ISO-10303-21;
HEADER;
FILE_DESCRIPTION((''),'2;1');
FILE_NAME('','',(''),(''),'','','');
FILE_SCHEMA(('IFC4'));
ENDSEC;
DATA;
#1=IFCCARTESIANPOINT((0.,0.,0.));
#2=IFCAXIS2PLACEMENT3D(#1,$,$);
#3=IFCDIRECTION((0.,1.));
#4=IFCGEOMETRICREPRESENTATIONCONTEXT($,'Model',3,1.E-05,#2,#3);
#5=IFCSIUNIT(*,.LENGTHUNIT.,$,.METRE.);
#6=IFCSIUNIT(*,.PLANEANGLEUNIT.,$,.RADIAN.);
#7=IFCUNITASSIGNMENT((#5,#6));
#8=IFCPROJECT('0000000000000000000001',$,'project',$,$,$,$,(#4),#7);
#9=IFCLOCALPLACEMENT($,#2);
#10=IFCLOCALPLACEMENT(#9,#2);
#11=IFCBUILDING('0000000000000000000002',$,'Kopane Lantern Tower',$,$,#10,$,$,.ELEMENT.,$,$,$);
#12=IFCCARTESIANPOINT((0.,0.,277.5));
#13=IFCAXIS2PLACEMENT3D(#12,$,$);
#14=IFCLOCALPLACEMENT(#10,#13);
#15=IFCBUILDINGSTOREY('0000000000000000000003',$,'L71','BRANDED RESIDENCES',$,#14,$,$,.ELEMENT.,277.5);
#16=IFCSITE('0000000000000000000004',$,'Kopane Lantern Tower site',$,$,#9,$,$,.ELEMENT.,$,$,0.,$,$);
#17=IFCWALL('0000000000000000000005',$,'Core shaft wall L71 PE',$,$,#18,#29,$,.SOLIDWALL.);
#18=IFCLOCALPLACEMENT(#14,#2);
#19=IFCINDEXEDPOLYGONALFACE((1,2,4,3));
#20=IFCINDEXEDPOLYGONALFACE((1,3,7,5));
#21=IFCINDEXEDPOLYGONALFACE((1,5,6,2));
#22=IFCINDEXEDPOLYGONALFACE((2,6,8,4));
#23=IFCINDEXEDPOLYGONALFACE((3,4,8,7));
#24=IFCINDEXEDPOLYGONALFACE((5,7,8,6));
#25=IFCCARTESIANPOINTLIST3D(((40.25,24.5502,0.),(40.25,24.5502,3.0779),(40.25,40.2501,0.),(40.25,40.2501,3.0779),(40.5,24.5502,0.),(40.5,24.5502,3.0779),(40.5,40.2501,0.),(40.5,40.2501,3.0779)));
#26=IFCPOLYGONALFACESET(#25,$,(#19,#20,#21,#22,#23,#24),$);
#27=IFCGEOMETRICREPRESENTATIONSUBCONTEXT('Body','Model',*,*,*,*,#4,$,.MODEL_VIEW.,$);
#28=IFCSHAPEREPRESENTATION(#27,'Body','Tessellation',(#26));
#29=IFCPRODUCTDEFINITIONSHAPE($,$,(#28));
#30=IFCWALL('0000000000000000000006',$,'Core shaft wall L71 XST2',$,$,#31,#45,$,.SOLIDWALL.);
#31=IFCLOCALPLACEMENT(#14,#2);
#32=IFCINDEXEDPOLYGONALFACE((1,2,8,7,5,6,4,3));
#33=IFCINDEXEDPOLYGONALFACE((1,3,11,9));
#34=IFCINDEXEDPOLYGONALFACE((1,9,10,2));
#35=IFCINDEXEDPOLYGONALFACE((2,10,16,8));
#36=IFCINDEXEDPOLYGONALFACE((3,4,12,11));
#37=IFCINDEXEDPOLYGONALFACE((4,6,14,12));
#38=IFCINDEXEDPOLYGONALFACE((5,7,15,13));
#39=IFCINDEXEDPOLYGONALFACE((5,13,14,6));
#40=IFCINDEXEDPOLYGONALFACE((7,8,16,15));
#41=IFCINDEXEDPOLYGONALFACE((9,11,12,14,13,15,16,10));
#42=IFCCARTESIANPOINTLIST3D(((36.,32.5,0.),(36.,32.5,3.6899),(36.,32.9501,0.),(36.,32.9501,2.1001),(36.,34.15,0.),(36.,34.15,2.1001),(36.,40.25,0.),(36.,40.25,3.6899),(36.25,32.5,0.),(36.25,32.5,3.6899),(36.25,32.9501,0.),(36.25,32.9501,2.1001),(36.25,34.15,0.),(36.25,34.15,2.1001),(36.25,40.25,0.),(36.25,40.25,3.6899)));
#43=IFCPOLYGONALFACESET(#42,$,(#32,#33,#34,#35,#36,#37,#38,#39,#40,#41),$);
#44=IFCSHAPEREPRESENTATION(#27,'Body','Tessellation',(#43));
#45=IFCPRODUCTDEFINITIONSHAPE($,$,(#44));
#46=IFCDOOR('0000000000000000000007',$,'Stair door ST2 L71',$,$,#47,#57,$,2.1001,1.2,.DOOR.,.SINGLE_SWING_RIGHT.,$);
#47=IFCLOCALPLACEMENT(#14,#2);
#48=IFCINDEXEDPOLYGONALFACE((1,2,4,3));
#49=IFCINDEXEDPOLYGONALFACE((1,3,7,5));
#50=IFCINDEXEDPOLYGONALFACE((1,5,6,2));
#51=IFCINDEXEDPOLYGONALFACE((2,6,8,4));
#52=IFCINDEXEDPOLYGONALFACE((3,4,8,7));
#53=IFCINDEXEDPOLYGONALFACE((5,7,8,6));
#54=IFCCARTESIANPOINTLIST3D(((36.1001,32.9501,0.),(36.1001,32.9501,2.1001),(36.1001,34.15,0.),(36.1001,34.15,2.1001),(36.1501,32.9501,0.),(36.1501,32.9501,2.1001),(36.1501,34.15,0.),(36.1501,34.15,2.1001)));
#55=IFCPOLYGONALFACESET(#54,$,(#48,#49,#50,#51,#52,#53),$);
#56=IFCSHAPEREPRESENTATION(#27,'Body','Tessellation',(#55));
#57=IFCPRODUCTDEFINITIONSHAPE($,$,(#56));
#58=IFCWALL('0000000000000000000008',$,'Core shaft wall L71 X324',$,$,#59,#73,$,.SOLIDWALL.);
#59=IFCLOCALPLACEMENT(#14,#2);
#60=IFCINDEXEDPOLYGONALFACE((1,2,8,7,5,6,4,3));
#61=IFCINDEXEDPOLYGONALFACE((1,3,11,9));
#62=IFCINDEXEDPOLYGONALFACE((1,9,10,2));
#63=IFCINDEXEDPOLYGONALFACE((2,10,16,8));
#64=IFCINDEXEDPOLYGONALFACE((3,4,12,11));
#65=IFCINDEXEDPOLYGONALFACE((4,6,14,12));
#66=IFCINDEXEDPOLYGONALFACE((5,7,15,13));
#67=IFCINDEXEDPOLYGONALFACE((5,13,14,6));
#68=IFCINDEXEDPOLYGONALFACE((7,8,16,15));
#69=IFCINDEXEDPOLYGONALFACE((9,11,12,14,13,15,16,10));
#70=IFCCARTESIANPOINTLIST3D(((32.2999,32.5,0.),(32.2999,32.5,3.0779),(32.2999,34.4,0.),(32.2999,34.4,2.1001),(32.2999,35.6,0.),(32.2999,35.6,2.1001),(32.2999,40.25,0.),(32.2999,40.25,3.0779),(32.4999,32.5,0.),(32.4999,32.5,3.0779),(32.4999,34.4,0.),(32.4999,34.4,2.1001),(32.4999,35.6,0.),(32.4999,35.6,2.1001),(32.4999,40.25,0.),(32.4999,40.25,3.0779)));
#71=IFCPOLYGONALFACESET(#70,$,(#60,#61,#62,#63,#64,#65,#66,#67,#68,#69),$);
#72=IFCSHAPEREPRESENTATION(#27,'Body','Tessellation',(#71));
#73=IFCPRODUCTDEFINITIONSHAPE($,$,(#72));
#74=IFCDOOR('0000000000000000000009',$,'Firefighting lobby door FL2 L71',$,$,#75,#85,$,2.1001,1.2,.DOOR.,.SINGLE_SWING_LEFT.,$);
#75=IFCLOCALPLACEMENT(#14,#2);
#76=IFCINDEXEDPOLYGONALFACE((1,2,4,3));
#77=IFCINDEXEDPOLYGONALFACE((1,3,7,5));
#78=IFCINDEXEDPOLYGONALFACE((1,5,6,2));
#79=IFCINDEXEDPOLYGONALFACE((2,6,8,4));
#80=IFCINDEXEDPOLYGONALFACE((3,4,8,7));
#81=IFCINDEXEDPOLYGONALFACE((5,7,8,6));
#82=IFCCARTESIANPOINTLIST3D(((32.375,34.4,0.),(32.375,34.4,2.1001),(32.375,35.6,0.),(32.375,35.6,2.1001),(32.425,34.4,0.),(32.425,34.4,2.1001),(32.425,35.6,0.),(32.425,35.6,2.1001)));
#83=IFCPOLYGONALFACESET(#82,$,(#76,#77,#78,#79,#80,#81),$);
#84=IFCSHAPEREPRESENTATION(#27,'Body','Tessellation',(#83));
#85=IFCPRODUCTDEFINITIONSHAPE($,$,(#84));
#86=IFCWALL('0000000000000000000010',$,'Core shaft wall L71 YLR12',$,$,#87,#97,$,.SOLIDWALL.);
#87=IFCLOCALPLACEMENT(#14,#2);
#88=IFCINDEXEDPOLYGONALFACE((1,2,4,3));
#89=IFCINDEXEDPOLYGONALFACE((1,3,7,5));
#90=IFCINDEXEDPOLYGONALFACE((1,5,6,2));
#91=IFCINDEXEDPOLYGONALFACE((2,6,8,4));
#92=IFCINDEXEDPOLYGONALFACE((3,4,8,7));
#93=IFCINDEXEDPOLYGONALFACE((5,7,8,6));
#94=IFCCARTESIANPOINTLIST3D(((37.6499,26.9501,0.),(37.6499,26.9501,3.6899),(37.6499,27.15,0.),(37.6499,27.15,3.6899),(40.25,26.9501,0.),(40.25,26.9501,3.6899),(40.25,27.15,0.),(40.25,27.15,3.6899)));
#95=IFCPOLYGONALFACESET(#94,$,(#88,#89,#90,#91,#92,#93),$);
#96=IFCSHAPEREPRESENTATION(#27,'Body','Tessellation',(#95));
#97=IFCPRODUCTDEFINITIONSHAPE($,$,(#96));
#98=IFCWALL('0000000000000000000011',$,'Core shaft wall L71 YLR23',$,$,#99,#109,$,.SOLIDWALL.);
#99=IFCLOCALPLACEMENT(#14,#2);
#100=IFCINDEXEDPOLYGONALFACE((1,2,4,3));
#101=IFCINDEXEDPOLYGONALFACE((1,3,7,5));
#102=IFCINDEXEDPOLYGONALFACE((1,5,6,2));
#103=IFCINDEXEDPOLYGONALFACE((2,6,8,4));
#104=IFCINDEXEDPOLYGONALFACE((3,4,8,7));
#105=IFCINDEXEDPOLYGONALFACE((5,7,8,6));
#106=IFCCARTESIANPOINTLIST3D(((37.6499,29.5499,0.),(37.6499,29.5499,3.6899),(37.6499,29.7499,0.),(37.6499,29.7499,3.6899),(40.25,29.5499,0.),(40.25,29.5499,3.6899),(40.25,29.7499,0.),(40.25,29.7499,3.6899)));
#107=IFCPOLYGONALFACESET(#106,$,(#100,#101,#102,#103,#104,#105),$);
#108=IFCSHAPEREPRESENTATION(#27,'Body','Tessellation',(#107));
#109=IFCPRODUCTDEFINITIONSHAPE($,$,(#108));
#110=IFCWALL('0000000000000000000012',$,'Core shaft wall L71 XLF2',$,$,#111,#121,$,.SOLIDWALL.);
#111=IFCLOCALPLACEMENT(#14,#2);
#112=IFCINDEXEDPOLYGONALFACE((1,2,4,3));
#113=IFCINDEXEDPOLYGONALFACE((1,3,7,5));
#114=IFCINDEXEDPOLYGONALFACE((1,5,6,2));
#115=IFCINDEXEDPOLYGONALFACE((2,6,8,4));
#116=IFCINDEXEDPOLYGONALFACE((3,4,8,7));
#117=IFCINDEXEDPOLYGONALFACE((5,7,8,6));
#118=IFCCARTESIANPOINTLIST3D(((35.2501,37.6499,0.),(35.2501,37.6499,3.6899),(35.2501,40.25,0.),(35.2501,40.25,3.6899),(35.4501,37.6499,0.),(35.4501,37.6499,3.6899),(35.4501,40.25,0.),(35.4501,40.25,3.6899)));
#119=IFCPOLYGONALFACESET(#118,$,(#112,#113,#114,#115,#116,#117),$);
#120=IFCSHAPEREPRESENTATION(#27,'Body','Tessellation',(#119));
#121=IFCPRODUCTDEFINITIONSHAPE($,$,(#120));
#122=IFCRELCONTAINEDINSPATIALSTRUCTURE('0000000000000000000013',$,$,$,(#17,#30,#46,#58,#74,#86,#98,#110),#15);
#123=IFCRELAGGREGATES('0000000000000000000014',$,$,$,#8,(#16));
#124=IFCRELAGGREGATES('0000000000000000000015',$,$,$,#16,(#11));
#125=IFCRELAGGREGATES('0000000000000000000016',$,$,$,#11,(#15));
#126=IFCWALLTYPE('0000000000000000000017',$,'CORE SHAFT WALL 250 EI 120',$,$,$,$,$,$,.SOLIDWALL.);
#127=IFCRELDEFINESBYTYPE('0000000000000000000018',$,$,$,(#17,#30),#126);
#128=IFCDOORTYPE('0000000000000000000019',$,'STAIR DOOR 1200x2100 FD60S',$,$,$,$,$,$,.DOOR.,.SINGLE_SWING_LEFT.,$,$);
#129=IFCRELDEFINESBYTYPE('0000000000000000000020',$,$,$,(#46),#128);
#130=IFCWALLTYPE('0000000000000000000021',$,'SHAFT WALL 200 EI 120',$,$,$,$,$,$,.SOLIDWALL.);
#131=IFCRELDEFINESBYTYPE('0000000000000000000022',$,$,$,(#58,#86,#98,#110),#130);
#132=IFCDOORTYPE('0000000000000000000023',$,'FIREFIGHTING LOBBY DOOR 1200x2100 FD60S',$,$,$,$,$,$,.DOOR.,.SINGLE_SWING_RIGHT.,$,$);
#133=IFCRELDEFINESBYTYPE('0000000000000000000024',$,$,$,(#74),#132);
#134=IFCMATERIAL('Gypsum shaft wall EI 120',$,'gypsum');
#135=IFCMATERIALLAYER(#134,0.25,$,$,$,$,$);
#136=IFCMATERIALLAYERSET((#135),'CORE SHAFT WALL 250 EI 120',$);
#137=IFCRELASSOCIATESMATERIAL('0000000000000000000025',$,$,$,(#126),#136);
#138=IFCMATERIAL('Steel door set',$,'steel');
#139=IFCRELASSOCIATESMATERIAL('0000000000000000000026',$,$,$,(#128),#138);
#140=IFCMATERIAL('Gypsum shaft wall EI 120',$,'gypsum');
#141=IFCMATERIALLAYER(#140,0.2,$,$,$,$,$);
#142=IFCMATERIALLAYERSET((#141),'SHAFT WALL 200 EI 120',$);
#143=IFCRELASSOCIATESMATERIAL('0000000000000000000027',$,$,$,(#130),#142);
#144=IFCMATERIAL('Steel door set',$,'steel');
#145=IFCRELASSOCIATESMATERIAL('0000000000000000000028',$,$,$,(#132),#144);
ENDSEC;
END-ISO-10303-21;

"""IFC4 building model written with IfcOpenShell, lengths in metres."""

from ifc_helpers import new_model, si_unit, direction, frame, frame_2d, origin, place, context, subcontext, project, spatial, rectangle, extrude, material, layer, layer_set, type_object, element, fill, save


model = new_model("IFC4")

# Units and contexts
model_context = context("Model", 3, precision=1e-05, world=origin(), true_north=direction((0.0, 1.0)))
body_context = subcontext(model_context, "Body", "Model", "MODEL_VIEW")
ifc_project = project(units=[si_unit("LENGTHUNIT", "METRE"), si_unit("PLANEANGLEUNIT", "RADIAN")], contexts=[model_context])

# Site, building, storey
site_placement = place(None, origin())
site = spatial("IfcSite", under=ifc_project, at=site_placement, Name="Kopane Lantern Tower site", CompositionType="ELEMENT", RefElevation=0.0)
building_placement = place(site_placement, origin())
building = spatial("IfcBuilding", under=site, at=building_placement, Name="Kopane Lantern Tower", CompositionType="ELEMENT")
storey_placement = place(building_placement, frame((0.0, 0.0, 277.5)))
storey = spatial("IfcBuildingStorey", under=building, at=storey_placement, Name="L71", Description="BRANDED RESIDENCES", CompositionType="ELEMENT", Elevation=277.5)

# Wall
ifc_material_1 = material(Name="Gypsum shaft wall EI 120", Category="gypsum")
ifc_layer_1 = layer(ifc_material_1, 0.25)
ifc_layer_set_1 = layer_set([ifc_layer_1], Name="CORE SHAFT WALL 250 EI 120")
wall_type_1 = type_object("IfcWallType", Name="CORE SHAFT WALL 250 EI 120", PredefinedType="SOLIDWALL", material=ifc_layer_set_1)
wall_1_placement = place(storey_placement, frame((40.375, 24.55, 0.0), z_axis=(0.0, 0.0, 1.0), x_axis=(0.0, 1.0, 0.0)))
element("IfcWall", 1, at=wall_1_placement, inside=storey, type_object=wall_type_1, Name="Core shaft wall L71 PE", PredefinedType="SOLIDWALL", context=body_context, shape_type="SweptSolid", body=[
    extrude(rectangle(XDim=15.7, YDim=0.25, at=frame_2d((7.8501, 0.0))), origin(), (0.0, 0.0, 1.0), 3.0779),
])

# Walls, openings, doors
wall_2_placement = place(storey_placement, frame((36.125, 32.5, 0.0), z_axis=(0.0, 0.0, 1.0), x_axis=(0.0, 1.0, 0.0)))
wall_2 = element("IfcWall", 2, at=wall_2_placement, inside=storey, type_object=wall_type_1, Name="Core shaft wall L71 XST2", PredefinedType="SOLIDWALL", context=body_context, shape_type="SweptSolid", body=[
    extrude(rectangle(XDim=7.75, YDim=0.25, at=frame_2d((3.875, 0.0))), origin(), (0.0, 0.0, 1.0), 3.6899),
])
opening_1_placement = place(wall_2_placement, frame((0.45, 0.0, 0.0)))
opening_1 = element("IfcOpeningElement", 3, at=opening_1_placement, cuts=wall_2, PredefinedType="OPENING", context=body_context, shape_type="SweptSolid", body=[
    extrude(rectangle(XDim=1.2, YDim=2.1001, at=frame_2d((0.6001, 1.05))), frame((0.0, 0.135, 0.0), z_axis=(0.0, -1.0, 0.0), x_axis=(1.0, 0.0, 0.0)), (0.0, 0.0, 1.0), 0.27),
])
ifc_material_2 = material(Name="Steel door set", Category="steel")
door_type_1 = type_object("IfcDoorType", Name="STAIR DOOR 1200x2100 FD60S", OperationType="SINGLE_SWING_LEFT", PredefinedType="DOOR", material=ifc_material_2)
door_1_placement = place(opening_1_placement, origin())
door_1 = element("IfcDoor", 4, at=door_1_placement, inside=storey, type_object=door_type_1, Name="Stair door ST2 L71", OperationType="SINGLE_SWING_RIGHT", OverallHeight=2.1001, OverallWidth=1.2, PredefinedType="DOOR", context=body_context, shape_type="SweptSolid", body=[
    extrude(rectangle(XDim=1.2, YDim=2.1001, at=frame_2d((0.6001, 1.05))), frame((0.0, 0.0249, 0.0), z_axis=(0.0, -1.0, 0.0), x_axis=(1.0, 0.0, 0.0)), (0.0, 0.0, 1.0), 0.05),
])
fill(opening_1, door_1)
ifc_material_3 = material(Name="Gypsum shaft wall EI 120", Category="gypsum")
ifc_layer_2 = layer(ifc_material_3, 0.2)
ifc_layer_set_2 = layer_set([ifc_layer_2], Name="SHAFT WALL 200 EI 120")
wall_type_2 = type_object("IfcWallType", Name="SHAFT WALL 200 EI 120", PredefinedType="SOLIDWALL", material=ifc_layer_set_2)
wall_3_placement = place(storey_placement, frame((32.3999, 32.5, 0.0), z_axis=(0.0, 0.0, 1.0), x_axis=(0.0, 1.0, 0.0)))
wall_3 = element("IfcWall", 5, at=wall_3_placement, inside=storey, type_object=wall_type_2, Name="Core shaft wall L71 X324", PredefinedType="SOLIDWALL", context=body_context, shape_type="SweptSolid", body=[
    extrude(rectangle(XDim=7.75, YDim=0.2, at=frame_2d((3.875, 0.0))), origin(), (0.0, 0.0, 1.0), 3.0779),
])
opening_2_placement = place(wall_3_placement, frame((1.8999, 0.0, 0.0)))
opening_2 = element("IfcOpeningElement", 6, at=opening_2_placement, cuts=wall_3, PredefinedType="OPENING", context=body_context, shape_type="SweptSolid", body=[
    extrude(rectangle(XDim=1.2, YDim=2.1001, at=frame_2d((0.6001, 1.05))), frame((0.0, 0.1099, 0.0), z_axis=(0.0, -1.0, 0.0), x_axis=(1.0, 0.0, 0.0)), (0.0, 0.0, 1.0), 0.22),
])
ifc_material_4 = material(Name="Steel door set", Category="steel")
door_type_2 = type_object("IfcDoorType", Name="FIREFIGHTING LOBBY DOOR 1200x2100 FD60S", OperationType="SINGLE_SWING_RIGHT", PredefinedType="DOOR", material=ifc_material_4)
door_2_placement = place(opening_2_placement, origin())
door_2 = element("IfcDoor", 7, at=door_2_placement, inside=storey, type_object=door_type_2, Name="Firefighting lobby door FL2 L71", OperationType="SINGLE_SWING_LEFT", OverallHeight=2.1001, OverallWidth=1.2, PredefinedType="DOOR", context=body_context, shape_type="SweptSolid", body=[
    extrude(rectangle(XDim=1.2, YDim=2.1001, at=frame_2d((0.6001, 1.05))), frame((0.0, 0.0249, 0.0), z_axis=(0.0, -1.0, 0.0), x_axis=(1.0, 0.0, 0.0)), (0.0, 0.0, 1.0), 0.05),
])
fill(opening_2, door_2)

# Walls
for number, where, z_axis, x_axis, name in (
    (8, (37.6499, 27.05, 0.0), (0.0, 0.0, 1.0), (1.0, 0.0, 0.0), "Core shaft wall L71 YLR12"),
    (9, (37.6499, 29.6499, 0.0), (0.0, 0.0, 1.0), (1.0, 0.0, 0.0), "Core shaft wall L71 YLR23"),
    (10, (35.3501, 37.6499, 0.0), (0.0, 0.0, 1.0), (0.0, 1.0, 0.0), "Core shaft wall L71 XLF2"),
):
    element("IfcWall", number, at=place(storey_placement, frame(where, z_axis=z_axis, x_axis=x_axis)), inside=storey, type_object=wall_type_2, Name=name, PredefinedType="SOLIDWALL", context=body_context, shape_type="SweptSolid", body=[
        extrude(rectangle(XDim=2.6001, YDim=0.2, at=frame_2d((1.3, 0.0))), origin(), (0.0, 0.0, 1.0), 3.6899),
    ])

save(model, "model.ifc")
